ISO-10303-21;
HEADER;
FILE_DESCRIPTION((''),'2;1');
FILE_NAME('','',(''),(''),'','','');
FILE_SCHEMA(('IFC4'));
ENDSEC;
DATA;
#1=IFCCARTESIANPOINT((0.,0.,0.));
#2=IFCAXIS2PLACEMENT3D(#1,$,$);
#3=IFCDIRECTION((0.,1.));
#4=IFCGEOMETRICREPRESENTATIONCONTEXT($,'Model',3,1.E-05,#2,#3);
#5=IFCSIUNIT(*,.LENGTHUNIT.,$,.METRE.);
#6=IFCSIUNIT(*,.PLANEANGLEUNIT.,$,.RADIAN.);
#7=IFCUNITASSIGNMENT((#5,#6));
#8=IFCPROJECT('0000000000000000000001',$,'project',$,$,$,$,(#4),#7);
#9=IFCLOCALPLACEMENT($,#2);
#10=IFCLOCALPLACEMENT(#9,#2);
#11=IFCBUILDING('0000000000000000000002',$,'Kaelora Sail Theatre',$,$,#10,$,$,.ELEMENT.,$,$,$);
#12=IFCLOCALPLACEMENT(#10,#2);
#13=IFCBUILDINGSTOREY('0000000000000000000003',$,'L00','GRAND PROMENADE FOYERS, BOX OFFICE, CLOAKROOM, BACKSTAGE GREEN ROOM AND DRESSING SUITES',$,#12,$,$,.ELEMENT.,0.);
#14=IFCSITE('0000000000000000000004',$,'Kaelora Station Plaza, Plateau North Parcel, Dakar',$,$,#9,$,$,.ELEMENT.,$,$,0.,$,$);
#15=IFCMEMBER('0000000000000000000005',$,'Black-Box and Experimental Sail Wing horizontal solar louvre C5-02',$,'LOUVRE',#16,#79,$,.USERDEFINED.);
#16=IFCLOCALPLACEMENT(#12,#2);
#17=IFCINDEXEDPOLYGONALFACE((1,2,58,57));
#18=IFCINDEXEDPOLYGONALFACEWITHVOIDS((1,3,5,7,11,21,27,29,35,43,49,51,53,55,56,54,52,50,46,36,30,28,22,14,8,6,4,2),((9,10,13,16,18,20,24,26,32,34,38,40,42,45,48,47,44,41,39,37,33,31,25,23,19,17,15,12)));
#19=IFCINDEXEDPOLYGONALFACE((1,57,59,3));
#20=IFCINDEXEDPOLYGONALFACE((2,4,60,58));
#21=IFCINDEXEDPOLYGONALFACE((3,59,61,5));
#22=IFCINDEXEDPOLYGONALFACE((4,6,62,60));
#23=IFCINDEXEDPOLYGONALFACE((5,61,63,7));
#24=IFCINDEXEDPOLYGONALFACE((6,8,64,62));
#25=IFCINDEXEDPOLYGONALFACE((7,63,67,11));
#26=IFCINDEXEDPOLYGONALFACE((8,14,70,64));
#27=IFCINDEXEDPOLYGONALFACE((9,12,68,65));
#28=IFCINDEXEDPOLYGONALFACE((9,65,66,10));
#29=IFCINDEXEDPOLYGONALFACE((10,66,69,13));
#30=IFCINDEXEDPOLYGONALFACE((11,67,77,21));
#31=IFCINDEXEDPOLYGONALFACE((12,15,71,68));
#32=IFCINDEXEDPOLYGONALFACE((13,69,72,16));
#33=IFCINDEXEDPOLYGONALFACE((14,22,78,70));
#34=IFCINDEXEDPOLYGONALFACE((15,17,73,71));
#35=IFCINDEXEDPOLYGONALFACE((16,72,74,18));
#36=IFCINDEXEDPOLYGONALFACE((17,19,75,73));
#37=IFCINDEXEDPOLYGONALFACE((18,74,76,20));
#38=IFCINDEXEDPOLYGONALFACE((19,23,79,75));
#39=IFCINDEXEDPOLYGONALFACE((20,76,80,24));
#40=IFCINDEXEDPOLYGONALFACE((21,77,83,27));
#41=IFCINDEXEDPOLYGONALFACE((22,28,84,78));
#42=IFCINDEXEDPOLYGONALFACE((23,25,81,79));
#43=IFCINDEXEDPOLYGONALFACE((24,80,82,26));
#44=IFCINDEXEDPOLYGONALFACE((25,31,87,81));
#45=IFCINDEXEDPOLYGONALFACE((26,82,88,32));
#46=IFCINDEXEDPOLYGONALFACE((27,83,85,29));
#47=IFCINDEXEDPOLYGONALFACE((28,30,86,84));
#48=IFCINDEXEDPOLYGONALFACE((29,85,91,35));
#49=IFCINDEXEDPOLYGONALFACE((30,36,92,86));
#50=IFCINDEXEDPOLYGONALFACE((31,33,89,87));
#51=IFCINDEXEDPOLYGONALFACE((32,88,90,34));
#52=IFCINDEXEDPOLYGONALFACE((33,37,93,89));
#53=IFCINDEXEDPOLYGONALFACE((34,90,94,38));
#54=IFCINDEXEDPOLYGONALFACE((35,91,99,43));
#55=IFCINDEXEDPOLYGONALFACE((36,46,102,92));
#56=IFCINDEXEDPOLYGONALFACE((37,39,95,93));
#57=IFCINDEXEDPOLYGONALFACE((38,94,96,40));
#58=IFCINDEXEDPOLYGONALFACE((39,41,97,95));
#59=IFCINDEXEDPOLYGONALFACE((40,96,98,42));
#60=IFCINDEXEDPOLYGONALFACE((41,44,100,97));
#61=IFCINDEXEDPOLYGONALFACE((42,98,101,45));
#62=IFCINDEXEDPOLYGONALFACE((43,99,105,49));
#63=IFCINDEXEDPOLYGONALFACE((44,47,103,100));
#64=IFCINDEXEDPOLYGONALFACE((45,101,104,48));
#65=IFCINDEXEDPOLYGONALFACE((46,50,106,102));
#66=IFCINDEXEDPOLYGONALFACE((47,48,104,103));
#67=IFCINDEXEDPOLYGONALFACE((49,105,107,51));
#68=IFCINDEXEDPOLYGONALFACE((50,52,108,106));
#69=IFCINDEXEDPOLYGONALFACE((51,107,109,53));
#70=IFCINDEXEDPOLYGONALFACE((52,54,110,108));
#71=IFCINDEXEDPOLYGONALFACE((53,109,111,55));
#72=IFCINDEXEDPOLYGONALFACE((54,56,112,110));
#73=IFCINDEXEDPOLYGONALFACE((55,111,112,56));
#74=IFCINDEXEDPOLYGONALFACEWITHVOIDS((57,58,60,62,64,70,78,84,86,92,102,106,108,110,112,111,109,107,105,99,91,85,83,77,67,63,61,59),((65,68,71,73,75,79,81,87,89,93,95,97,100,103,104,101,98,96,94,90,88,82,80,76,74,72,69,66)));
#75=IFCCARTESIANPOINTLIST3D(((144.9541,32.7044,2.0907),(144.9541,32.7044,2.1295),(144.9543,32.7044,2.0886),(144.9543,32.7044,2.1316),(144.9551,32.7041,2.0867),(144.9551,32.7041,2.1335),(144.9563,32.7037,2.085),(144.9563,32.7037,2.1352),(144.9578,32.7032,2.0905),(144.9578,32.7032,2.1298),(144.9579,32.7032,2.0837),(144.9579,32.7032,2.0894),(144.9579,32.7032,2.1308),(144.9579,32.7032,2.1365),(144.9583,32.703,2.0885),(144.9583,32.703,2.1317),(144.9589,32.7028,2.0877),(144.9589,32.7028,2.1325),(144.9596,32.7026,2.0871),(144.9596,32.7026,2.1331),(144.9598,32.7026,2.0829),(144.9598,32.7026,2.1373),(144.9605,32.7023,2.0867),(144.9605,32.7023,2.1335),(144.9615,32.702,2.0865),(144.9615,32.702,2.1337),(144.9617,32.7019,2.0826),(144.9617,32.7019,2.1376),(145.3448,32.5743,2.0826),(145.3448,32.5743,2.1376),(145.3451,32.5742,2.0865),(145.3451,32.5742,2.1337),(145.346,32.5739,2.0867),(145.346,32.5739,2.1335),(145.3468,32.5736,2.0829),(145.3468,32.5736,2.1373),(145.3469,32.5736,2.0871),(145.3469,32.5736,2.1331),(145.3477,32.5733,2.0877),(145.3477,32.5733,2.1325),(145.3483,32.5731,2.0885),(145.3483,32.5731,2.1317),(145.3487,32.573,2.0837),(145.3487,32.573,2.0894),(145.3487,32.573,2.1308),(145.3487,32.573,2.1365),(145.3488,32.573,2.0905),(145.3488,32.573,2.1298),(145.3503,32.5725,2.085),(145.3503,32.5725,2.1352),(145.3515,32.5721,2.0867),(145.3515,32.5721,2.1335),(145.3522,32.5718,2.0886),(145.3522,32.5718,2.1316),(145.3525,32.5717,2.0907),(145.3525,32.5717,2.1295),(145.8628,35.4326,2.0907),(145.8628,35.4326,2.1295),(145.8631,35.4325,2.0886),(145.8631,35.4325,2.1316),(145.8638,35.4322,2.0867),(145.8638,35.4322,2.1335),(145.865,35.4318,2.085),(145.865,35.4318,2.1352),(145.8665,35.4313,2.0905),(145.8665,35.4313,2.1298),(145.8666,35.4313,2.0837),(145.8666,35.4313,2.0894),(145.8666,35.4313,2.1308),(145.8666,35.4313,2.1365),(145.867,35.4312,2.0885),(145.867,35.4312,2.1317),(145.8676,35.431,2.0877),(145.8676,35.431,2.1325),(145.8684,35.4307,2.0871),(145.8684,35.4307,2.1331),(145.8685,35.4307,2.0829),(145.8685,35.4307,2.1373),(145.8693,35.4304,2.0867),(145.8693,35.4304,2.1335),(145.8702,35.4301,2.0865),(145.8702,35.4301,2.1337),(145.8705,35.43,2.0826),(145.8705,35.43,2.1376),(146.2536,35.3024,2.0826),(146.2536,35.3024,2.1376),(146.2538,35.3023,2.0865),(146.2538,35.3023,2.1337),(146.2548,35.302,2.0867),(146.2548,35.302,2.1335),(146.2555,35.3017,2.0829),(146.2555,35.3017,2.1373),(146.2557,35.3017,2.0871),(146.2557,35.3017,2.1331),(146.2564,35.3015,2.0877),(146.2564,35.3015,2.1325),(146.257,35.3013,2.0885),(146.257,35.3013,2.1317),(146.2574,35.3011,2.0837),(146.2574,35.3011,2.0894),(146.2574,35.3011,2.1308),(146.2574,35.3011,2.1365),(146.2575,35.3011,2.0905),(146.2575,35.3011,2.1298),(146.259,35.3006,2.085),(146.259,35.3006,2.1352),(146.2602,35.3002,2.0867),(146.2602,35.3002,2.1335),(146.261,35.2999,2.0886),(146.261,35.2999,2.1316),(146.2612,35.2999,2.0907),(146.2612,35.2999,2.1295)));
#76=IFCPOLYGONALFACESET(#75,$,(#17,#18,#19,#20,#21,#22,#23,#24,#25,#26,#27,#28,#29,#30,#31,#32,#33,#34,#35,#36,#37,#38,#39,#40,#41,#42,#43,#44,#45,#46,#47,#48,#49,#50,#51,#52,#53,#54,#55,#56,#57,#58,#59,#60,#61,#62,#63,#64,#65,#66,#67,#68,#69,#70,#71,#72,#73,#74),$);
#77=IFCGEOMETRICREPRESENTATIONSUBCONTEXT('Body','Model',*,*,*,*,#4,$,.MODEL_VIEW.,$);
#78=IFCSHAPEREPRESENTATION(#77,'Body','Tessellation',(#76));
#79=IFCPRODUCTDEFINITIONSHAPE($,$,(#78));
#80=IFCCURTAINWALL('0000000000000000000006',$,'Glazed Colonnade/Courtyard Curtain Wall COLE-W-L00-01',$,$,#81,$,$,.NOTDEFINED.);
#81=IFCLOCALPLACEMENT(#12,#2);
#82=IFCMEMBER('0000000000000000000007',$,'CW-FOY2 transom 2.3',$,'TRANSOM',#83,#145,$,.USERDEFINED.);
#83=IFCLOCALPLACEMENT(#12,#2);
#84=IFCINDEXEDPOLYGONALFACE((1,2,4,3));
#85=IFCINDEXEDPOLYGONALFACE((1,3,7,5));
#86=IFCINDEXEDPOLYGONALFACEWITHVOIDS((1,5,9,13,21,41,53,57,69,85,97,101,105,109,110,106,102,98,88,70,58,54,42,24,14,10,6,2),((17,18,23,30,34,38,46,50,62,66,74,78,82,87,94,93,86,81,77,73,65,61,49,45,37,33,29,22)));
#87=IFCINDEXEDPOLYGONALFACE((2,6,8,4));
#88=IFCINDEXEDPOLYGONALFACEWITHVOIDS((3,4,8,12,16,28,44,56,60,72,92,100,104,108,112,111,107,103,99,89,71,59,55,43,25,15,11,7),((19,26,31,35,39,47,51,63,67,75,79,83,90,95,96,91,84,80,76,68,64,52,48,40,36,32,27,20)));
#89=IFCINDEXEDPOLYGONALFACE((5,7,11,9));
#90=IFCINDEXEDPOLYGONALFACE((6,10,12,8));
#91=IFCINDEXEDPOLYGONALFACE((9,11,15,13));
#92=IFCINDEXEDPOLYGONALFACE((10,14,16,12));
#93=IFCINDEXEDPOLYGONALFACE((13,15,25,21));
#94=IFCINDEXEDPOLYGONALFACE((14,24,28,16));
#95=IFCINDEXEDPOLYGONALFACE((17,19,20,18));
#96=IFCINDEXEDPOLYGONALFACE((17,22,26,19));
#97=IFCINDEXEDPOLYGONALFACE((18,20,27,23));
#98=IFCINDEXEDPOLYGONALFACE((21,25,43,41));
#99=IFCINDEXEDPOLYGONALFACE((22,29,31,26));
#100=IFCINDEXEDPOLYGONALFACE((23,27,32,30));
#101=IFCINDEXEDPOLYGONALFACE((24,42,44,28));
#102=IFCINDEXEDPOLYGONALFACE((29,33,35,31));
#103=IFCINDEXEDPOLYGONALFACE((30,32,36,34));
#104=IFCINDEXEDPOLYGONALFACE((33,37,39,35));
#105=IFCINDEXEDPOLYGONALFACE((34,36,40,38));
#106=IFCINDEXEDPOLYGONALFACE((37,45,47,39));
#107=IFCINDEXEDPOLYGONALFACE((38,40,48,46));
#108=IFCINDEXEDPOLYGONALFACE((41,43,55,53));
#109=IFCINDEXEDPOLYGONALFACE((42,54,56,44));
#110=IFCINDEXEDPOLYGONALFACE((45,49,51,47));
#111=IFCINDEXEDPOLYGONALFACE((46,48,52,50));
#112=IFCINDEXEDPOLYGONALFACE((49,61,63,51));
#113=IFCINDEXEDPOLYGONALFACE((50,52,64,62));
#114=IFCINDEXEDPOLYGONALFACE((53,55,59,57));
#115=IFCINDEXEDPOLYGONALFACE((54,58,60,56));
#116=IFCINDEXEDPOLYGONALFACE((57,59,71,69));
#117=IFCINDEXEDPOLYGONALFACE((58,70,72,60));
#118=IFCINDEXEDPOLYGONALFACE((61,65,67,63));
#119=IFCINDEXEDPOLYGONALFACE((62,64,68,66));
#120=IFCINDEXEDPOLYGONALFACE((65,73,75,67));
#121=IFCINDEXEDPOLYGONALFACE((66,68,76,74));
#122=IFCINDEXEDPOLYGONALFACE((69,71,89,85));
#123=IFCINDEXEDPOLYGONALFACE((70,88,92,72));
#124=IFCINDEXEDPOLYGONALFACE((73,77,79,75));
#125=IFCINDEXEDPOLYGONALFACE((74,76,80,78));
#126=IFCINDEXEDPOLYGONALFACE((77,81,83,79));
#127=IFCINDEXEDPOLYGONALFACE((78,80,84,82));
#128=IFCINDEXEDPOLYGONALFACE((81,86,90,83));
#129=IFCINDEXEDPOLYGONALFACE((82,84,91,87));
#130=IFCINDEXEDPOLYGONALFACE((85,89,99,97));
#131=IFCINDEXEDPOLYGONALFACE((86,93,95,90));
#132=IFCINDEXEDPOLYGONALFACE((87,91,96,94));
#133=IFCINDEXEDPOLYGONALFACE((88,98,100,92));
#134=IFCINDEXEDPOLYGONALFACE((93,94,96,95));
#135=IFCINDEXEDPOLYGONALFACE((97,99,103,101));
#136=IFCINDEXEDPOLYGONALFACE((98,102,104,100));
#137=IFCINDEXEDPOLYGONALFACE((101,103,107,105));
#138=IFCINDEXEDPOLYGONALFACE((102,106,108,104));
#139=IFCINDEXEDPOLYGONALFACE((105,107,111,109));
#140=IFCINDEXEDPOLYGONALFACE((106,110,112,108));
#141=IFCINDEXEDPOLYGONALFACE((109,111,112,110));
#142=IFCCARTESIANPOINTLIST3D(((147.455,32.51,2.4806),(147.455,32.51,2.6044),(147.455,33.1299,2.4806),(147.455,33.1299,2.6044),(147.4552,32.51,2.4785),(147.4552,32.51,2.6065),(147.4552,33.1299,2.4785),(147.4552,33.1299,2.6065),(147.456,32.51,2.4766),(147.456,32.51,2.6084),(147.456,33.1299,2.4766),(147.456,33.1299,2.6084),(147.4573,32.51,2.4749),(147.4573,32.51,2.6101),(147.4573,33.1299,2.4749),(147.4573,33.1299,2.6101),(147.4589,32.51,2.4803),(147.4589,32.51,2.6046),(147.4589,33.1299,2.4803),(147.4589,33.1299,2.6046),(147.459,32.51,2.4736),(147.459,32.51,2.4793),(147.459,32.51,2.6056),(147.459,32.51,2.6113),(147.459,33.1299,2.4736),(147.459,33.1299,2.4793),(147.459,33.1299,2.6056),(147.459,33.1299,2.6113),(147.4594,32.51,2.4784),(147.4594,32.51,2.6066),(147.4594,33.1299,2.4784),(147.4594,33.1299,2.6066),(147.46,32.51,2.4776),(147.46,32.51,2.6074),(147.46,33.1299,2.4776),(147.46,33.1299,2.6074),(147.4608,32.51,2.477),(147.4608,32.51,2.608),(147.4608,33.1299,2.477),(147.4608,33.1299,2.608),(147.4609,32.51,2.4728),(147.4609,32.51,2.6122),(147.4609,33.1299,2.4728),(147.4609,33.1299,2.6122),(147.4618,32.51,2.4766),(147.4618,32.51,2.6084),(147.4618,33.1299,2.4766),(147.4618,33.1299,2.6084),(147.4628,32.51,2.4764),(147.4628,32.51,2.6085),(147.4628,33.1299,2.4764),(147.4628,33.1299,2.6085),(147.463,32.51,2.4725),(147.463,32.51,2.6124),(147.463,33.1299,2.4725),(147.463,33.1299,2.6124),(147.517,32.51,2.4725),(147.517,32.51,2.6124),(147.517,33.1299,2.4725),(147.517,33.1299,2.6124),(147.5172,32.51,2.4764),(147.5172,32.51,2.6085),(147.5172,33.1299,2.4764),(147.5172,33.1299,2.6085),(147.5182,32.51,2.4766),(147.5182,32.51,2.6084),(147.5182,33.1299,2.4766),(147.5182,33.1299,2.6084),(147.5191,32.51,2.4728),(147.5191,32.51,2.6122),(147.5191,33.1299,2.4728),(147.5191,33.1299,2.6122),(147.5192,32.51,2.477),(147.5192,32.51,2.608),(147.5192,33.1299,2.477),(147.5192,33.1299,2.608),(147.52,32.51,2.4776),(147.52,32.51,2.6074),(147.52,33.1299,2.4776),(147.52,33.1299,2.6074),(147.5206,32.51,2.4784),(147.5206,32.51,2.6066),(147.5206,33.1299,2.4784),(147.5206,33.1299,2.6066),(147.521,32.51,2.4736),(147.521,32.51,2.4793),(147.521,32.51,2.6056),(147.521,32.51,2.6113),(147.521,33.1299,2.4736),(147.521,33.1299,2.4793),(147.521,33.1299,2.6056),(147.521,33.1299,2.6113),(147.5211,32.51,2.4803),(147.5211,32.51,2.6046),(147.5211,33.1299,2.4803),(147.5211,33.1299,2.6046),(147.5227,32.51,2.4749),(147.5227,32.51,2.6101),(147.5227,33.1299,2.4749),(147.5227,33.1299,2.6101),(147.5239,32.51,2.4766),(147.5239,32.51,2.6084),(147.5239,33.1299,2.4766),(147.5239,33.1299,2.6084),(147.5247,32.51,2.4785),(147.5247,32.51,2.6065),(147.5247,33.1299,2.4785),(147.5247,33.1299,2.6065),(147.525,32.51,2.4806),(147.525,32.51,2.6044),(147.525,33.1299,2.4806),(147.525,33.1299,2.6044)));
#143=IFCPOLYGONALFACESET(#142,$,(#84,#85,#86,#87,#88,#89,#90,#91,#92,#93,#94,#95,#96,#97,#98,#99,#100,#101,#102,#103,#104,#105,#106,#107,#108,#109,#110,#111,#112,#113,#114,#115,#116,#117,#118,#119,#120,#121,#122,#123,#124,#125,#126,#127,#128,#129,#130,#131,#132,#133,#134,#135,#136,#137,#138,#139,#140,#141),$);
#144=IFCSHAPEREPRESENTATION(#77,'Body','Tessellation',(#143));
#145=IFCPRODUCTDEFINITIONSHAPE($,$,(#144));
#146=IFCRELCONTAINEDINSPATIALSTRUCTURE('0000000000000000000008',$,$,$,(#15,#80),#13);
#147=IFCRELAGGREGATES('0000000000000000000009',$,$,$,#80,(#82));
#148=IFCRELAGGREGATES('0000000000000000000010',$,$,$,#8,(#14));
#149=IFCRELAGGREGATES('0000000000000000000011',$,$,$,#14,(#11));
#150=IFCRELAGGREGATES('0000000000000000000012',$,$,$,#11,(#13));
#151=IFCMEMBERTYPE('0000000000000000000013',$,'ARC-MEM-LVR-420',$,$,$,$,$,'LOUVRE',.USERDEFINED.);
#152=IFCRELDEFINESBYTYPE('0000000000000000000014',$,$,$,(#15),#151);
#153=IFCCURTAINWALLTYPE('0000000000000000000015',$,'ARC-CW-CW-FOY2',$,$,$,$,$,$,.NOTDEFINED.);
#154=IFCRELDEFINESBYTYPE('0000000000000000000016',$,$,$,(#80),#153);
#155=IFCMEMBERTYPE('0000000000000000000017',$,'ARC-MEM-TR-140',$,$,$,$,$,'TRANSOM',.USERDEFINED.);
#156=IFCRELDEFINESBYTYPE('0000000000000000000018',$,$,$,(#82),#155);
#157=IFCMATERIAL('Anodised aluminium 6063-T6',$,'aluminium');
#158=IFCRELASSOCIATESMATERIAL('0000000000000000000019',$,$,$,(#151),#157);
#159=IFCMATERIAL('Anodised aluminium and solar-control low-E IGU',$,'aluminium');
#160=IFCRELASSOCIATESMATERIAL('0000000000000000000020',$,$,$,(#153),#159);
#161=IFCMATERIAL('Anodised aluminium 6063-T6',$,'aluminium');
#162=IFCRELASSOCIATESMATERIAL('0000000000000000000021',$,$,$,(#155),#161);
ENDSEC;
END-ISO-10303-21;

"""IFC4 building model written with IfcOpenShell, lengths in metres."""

from ifc_helpers import new_model, si_unit, direction, frame, origin, origin_2d, place, context, subcontext, project, spatial, hollow_rectangle, extrude, material, material_profile, profile_set, type_object, element, aggregate, save


model = new_model("IFC4")

# Units and contexts
model_context = context("Model", 3, precision=1e-05, world=origin(), true_north=direction((0.0, 1.0)))
body_context = subcontext(model_context, "Body", "Model", "MODEL_VIEW")
ifc_project = project(units=[si_unit("LENGTHUNIT", "METRE"), si_unit("PLANEANGLEUNIT", "RADIAN")], contexts=[model_context])

# Site, building, storey
site_placement = place(None, origin())
site = spatial("IfcSite", under=ifc_project, at=site_placement, Name="Kaelora Station Plaza, Plateau North Parcel, Dakar", CompositionType="ELEMENT", RefElevation=0.0)
building_placement = place(site_placement, origin())
building = spatial("IfcBuilding", under=site, at=building_placement, Name="Kaelora Sail Theatre", CompositionType="ELEMENT")
storey_placement = place(building_placement, origin())
storey = spatial("IfcBuildingStorey", under=building, at=storey_placement, Name="L00", Description="GRAND PROMENADE FOYERS, BOX OFFICE, CLOAKROOM, BACKSTAGE GREEN ROOM AND DRESSING SUITES", CompositionType="ELEMENT", Elevation=0.0)

# Member
ifc_material_1 = material(Name="Anodised aluminium 6063-T6", Category="aluminium")
ifc_material_profile_1 = material_profile(ifc_material_1, hollow_rectangle(XDim=0.4199, YDim=0.0549, WallThickness=0.0039, InnerFilletRadius=0.0039, OuterFilletRadius=0.0081, at=origin_2d()), Name="LOUVRE 420x55x4")
ifc_profile_set_1 = profile_set([ifc_material_profile_1], Name="Anodised aluminium 6063-T6")
member_type_1 = type_object("IfcMemberType", Name="ARC-MEM-LVR-420", ElementType="LOUVRE", PredefinedType="USERDEFINED", material=ifc_profile_set_1)
member_1_placement = place(storey_placement, frame((146.062, 35.3662, 2.1101), z_axis=(-0.316024, -0.948751, 0.0), x_axis=(0.948751, -0.316024, 0.0)))
element("IfcMember", 1, at=member_1_placement, inside=storey, type_object=member_type_1, Name="Black-Box and Experimental Sail Wing horizontal solar louvre C5-02", ObjectType="LOUVRE", PredefinedType="USERDEFINED", context=body_context, shape_type="SweptSolid", body=[
    extrude(hollow_rectangle(XDim=0.4199, YDim=0.0549, WallThickness=0.0039, InnerFilletRadius=0.0039, OuterFilletRadius=0.0081, at=origin_2d()), origin(), (0.0, 0.0, 1.0), 2.8755),
])

# Curtain wall, member
ifc_material_2 = material(Name="Anodised aluminium and solar-control low-E IGU", Category="aluminium")
curtain_wall_type = type_object("IfcCurtainWallType", Name="ARC-CW-CW-FOY2", PredefinedType="NOTDEFINED", material=ifc_material_2)
curtain_wall_placement = place(storey_placement, origin())
curtain_wall = element("IfcCurtainWall", 2, at=curtain_wall_placement, inside=storey, type_object=curtain_wall_type, Name="Glazed Colonnade/Courtyard Curtain Wall COLE-W-L00-01", PredefinedType="NOTDEFINED")
ifc_material_3 = material(Name="Anodised aluminium 6063-T6", Category="aluminium")
ifc_material_profile_2 = material_profile(ifc_material_3, hollow_rectangle(XDim=0.0701, YDim=0.1399, WallThickness=0.0039, InnerFilletRadius=0.0039, OuterFilletRadius=0.0081, at=origin_2d()), Name="ALU-TRAN 70x140x4")
ifc_profile_set_2 = profile_set([ifc_material_profile_2], Name="Anodised aluminium 6063-T6")
member_type_2 = type_object("IfcMemberType", Name="ARC-MEM-TR-140", ElementType="TRANSOM", PredefinedType="USERDEFINED", material=ifc_profile_set_2)
member_2_placement = place(storey_placement, frame((147.49, 32.51, 2.5425), z_axis=(0.0, 1.0, 0.0), x_axis=(-1.0, 0.0, 0.0)))
member_2 = element("IfcMember", 3, at=member_2_placement, type_object=member_type_2, Name="CW-FOY2 transom 2.3", ObjectType="TRANSOM", PredefinedType="USERDEFINED", context=body_context, shape_type="SweptSolid", body=[
    extrude(hollow_rectangle(XDim=0.0701, YDim=0.1399, WallThickness=0.0039, InnerFilletRadius=0.0039, OuterFilletRadius=0.0081, at=origin_2d()), origin(), (0.0, 0.0, 1.0), 0.6199),
])
aggregate(curtain_wall, [member_2])

save(model, "model.ifc")
